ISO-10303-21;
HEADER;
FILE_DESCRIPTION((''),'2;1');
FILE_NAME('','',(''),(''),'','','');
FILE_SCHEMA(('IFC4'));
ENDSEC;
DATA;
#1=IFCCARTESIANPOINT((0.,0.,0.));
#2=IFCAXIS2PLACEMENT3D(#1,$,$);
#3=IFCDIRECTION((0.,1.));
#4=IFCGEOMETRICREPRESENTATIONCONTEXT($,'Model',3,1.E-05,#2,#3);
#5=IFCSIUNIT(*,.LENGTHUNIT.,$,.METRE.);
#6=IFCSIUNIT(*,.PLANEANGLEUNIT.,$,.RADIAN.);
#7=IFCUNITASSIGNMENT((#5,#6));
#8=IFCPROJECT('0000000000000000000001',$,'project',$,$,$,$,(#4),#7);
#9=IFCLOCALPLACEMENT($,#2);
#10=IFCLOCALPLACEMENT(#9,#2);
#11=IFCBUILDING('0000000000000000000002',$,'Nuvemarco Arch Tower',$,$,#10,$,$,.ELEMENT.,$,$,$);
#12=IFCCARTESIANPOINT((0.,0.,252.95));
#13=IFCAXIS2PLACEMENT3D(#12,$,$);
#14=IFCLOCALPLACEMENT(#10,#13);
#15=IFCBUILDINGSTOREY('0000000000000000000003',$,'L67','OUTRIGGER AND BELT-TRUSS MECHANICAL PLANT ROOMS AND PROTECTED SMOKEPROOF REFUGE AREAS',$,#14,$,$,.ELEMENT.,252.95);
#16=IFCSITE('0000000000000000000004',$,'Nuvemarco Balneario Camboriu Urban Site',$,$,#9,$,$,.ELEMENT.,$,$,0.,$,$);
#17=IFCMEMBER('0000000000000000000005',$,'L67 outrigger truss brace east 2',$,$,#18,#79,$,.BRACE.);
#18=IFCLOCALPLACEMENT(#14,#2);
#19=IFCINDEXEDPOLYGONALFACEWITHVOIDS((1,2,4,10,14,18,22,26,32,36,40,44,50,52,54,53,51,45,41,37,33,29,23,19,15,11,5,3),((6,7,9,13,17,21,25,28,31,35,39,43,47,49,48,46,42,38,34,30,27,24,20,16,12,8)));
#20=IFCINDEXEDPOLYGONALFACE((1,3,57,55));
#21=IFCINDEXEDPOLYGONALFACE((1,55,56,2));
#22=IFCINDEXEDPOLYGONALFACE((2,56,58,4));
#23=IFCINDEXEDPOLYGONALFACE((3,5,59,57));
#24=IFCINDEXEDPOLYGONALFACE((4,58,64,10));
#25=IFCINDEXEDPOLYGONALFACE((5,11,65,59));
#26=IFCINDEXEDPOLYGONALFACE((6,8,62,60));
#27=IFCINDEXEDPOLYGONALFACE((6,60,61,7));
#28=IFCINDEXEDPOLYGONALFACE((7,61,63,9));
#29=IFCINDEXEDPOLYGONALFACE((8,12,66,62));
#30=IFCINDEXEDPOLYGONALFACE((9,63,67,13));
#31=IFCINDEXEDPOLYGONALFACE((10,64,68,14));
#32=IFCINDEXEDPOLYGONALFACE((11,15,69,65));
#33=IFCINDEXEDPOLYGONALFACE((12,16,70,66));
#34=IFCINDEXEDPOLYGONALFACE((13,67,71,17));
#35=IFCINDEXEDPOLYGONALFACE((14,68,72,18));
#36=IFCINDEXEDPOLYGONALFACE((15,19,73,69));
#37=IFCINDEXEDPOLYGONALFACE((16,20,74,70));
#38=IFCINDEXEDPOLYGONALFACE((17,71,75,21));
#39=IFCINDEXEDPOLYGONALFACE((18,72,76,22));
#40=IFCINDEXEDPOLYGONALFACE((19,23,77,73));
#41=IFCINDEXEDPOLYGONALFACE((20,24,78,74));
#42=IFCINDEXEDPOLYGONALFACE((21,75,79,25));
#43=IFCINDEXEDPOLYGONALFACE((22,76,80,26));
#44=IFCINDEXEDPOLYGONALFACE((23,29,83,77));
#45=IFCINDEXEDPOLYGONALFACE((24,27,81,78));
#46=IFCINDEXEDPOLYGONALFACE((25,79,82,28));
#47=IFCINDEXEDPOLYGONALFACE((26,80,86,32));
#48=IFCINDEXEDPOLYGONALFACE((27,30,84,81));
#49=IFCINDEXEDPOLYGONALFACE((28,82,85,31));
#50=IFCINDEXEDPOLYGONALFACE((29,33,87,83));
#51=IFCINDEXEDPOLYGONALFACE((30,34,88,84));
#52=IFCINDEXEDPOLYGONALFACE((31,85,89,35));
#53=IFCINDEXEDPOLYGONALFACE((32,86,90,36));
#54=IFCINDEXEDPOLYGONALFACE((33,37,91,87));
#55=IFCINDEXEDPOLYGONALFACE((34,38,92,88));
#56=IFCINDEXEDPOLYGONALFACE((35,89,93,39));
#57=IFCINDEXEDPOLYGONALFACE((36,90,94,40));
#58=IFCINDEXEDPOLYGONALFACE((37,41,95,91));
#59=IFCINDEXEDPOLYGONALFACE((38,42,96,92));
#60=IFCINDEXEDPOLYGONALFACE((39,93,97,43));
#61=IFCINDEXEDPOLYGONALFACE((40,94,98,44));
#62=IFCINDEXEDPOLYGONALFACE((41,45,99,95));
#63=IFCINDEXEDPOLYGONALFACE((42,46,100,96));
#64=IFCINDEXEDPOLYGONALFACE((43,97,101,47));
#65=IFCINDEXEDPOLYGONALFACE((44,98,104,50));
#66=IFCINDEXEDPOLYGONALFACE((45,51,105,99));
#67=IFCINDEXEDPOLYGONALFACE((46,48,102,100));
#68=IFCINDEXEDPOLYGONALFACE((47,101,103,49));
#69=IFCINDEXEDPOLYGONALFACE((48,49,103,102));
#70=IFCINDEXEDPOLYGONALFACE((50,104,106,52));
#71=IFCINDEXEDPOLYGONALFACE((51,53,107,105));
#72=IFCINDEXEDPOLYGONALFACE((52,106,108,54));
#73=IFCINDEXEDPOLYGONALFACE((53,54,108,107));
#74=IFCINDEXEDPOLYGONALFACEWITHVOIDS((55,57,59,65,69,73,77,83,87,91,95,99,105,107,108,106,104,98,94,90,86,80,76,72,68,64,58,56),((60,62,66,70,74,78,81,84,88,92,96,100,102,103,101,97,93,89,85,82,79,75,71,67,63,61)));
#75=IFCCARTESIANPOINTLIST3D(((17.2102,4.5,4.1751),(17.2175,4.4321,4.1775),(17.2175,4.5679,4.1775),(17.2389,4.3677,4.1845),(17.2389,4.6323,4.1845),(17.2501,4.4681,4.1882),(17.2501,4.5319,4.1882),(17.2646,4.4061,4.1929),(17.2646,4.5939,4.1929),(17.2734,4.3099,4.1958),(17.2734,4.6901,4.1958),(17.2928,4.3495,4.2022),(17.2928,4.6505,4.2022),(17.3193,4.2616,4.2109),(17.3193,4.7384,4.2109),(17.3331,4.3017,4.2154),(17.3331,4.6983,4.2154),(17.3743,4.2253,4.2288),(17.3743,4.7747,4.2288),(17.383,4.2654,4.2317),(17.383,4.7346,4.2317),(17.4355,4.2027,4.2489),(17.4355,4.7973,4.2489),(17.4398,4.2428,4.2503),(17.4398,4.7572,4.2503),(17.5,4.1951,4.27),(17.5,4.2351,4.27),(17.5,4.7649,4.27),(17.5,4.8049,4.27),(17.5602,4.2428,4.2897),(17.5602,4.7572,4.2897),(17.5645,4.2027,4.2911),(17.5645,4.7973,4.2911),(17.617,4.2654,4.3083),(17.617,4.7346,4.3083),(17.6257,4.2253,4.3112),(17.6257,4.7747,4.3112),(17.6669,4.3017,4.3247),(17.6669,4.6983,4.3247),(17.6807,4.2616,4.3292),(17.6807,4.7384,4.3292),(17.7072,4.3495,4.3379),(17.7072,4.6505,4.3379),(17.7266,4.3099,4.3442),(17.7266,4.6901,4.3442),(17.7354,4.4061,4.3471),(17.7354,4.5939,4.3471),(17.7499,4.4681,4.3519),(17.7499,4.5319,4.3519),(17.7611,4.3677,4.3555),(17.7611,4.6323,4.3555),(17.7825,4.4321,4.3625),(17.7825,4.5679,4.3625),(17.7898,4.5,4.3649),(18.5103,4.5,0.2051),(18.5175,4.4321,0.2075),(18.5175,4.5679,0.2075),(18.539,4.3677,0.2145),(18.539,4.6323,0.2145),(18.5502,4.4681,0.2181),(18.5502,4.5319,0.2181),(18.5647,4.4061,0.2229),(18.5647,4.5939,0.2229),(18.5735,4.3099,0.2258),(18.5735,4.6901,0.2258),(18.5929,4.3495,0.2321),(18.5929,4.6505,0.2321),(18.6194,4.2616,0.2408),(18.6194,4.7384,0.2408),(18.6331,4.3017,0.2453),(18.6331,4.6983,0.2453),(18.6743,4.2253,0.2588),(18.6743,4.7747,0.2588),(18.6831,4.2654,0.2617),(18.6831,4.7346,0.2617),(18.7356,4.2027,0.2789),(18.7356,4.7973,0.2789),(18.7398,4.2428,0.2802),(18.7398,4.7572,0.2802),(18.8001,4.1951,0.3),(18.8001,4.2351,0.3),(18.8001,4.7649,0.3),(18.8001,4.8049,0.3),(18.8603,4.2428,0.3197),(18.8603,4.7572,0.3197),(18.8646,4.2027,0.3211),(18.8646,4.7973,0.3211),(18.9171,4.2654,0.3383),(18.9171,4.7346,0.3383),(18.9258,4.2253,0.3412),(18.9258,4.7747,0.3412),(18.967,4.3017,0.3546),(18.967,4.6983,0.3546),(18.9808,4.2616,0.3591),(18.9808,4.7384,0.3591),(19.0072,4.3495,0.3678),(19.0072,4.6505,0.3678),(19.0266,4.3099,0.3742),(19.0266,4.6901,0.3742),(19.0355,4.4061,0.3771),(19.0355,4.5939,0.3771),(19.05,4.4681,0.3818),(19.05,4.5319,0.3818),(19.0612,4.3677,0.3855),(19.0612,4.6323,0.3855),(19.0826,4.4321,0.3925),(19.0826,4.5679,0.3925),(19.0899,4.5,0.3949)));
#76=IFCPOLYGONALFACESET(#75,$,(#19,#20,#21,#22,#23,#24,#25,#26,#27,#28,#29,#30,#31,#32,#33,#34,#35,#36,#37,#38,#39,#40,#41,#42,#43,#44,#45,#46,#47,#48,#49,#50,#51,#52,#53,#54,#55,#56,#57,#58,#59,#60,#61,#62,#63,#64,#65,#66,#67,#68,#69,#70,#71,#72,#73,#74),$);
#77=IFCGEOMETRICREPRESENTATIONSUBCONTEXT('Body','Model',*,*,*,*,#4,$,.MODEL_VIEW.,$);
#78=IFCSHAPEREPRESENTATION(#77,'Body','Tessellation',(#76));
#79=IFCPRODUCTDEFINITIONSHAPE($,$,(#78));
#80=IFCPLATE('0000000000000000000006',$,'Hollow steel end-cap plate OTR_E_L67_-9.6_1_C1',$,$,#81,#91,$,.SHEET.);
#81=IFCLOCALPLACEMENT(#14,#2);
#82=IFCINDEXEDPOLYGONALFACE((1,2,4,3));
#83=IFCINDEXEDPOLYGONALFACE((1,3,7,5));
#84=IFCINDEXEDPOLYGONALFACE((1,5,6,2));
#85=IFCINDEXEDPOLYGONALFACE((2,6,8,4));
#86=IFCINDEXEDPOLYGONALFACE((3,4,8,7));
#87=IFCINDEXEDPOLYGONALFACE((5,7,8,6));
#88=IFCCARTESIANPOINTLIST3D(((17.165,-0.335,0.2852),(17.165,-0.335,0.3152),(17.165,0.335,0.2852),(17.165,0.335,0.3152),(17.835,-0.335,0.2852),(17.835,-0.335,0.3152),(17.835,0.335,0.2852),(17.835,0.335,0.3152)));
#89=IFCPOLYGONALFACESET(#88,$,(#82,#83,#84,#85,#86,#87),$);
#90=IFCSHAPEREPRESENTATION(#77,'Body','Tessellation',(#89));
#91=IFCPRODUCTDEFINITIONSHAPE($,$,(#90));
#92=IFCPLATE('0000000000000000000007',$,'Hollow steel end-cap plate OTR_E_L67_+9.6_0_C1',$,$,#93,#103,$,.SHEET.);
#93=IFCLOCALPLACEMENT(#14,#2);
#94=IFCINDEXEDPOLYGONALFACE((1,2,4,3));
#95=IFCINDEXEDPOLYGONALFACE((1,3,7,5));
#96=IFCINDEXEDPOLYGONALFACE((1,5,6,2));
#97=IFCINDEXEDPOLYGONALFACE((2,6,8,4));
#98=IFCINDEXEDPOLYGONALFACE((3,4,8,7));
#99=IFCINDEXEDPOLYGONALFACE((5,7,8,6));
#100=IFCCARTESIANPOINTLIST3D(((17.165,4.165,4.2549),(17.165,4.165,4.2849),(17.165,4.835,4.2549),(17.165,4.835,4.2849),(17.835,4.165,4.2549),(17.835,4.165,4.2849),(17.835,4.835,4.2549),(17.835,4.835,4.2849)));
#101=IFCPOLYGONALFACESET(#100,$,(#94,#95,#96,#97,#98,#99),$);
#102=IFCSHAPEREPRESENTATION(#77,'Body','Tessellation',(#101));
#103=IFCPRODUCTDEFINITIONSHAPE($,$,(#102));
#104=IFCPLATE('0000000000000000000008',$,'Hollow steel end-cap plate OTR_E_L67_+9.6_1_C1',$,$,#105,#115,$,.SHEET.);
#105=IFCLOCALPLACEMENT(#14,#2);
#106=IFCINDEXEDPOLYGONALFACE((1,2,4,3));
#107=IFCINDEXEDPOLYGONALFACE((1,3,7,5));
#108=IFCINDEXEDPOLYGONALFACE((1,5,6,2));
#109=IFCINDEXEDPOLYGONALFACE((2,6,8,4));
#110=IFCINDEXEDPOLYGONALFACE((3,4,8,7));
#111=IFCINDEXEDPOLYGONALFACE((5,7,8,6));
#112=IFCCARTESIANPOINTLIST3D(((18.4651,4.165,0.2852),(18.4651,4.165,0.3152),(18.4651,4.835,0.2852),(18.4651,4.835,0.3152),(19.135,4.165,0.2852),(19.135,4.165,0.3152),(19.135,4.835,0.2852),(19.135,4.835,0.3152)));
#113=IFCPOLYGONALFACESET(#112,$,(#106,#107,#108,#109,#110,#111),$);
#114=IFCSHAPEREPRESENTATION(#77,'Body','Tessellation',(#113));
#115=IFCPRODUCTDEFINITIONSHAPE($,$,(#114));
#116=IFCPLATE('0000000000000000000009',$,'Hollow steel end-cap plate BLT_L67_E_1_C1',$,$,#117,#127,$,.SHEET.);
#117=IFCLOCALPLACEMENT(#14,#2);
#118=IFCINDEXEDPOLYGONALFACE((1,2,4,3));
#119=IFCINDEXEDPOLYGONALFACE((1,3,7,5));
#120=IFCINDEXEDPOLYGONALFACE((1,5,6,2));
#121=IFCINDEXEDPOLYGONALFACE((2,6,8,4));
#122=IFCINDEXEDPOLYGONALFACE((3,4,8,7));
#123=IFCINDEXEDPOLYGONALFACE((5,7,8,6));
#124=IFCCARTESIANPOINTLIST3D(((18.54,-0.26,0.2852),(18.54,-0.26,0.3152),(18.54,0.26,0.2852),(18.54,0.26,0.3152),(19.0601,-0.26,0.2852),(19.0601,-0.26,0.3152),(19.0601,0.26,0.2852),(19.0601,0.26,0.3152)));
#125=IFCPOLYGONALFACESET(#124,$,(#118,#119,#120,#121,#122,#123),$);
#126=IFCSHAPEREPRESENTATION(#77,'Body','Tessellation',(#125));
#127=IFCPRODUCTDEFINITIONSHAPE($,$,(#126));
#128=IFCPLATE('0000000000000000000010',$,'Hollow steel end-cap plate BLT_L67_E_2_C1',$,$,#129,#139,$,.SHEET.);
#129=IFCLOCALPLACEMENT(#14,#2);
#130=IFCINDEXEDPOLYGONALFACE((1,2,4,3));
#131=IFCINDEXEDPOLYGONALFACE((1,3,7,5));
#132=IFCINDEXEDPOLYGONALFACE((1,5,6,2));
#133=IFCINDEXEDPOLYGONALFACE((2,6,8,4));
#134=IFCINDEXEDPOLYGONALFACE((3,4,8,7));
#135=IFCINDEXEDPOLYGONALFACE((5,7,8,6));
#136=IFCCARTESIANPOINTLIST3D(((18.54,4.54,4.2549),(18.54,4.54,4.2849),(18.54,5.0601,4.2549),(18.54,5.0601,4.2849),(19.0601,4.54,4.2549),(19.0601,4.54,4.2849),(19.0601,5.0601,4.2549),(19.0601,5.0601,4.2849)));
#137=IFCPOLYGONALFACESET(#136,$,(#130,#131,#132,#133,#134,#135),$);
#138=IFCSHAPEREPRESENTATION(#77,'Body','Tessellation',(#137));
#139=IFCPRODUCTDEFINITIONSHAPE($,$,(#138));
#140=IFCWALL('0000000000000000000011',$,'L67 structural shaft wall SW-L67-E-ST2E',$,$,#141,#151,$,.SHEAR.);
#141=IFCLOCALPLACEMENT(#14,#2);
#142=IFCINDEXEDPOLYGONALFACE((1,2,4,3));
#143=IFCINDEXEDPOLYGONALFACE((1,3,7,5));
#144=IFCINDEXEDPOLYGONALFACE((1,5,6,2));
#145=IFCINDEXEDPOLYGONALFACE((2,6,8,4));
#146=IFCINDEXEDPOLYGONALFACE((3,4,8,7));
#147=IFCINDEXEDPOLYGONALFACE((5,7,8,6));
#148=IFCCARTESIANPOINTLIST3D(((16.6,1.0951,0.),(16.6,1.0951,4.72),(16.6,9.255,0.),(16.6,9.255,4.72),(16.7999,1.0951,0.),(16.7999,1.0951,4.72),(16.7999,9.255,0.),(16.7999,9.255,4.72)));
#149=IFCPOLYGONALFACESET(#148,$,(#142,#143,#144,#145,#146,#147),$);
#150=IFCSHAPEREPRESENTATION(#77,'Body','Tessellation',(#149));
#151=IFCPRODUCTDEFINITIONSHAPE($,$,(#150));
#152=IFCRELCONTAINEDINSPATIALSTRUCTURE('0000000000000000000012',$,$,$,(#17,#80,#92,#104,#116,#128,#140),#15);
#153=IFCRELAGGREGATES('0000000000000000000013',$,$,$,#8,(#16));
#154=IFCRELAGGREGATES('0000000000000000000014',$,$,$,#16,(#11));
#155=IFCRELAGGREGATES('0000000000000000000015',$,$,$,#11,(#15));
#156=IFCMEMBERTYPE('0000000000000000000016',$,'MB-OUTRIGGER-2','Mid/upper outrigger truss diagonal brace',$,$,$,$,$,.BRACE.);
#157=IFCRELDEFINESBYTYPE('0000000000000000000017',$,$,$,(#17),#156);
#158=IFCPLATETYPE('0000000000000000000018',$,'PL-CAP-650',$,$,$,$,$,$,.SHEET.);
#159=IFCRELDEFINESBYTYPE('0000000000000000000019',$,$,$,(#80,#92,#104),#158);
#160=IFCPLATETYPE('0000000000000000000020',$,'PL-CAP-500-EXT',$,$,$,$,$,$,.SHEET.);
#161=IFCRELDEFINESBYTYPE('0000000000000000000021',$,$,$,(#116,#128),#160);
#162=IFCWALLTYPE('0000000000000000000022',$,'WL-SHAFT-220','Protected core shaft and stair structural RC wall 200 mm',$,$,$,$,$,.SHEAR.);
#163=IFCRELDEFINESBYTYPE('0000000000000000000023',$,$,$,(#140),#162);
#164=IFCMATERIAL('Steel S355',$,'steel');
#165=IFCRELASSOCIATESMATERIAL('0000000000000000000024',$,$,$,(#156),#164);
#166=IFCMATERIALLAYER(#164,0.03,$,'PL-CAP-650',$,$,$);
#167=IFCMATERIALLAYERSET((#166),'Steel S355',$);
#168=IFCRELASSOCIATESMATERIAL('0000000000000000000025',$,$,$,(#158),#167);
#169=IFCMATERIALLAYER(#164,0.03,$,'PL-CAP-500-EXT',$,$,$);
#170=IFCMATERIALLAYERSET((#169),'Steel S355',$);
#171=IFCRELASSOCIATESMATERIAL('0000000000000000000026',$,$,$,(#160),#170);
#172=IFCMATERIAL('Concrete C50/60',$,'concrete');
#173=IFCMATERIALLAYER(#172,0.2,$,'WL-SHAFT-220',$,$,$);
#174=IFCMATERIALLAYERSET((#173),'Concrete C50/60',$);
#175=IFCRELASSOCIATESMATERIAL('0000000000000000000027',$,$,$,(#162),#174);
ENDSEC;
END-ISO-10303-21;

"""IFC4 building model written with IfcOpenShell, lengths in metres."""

from ifc_helpers import new_model, si_unit, direction, frame, frame_2d, origin, origin_2d, place, context, subcontext, project, spatial, rectangle, hollow_circle, extrude, source, transform, mapped, material, layer, layer_set, material_profile, profile_set, type_object, type_shapes, element, save


model = new_model("IFC4")

# Units and contexts
model_context = context("Model", 3, precision=1e-05, world=origin(), true_north=direction((0.0, 1.0)))
body_context = subcontext(model_context, "Body", "Model", "MODEL_VIEW")
ifc_project = project(units=[si_unit("LENGTHUNIT", "METRE"), si_unit("PLANEANGLEUNIT", "RADIAN")], contexts=[model_context])

# Site, building, storey
site_placement = place(None, origin())
site = spatial("IfcSite", under=ifc_project, at=site_placement, Name="Nuvemarco Balneario Camboriu Urban Site", CompositionType="ELEMENT", RefElevation=0.0)
building_placement = place(site_placement, origin())
building = spatial("IfcBuilding", under=site, at=building_placement, Name="Nuvemarco Arch Tower", CompositionType="ELEMENT")
storey_placement = place(building_placement, frame((0.0, 0.0, 252.95)))
storey = spatial("IfcBuildingStorey", under=building, at=storey_placement, Name="L67", Description="OUTRIGGER AND BELT-TRUSS MECHANICAL PLANT ROOMS AND PROTECTED SMOKEPROOF REFUGE AREAS", CompositionType="ELEMENT", Elevation=252.95)

# Shared definitions
ifc_material_1 = material(Name="Concrete C50/60", Category="concrete")
ifc_material_2 = material(Name="Steel S355", Category="steel")

# Member
ifc_material_profile_1 = material_profile(ifc_material_2, hollow_circle(Radius=0.3049, WallThickness=0.04, at=origin_2d()), Name="CHS610x40")
ifc_profile_set_1 = profile_set([ifc_material_profile_1], Name="Steel S355")
member_type_1 = type_object("IfcMemberType", Name="MB-OUTRIGGER-2", Description="Mid/upper outrigger truss diagonal brace", PredefinedType="BRACE", material=ifc_profile_set_1)
member_placement = place(storey_placement, frame((17.5, 4.5, 4.27), z_axis=(0.311209, 0.0, -0.950342), x_axis=(0.0, 1.0, 0.0)))
element("IfcMember", 1, at=member_placement, inside=storey, type_object=member_type_1, Name="L67 outrigger truss brace east 2", PredefinedType="BRACE", context=body_context, shape_type="SweptSolid", body=[
    extrude(hollow_circle(Radius=0.3049, WallThickness=0.04, at=origin_2d()), origin(), (0.0, 0.0, 1.0), 4.1775),
])

# Plates
ifc_layer_1 = layer(ifc_material_2, 0.03, Name="PL-CAP-650")
ifc_layer_set_1 = layer_set([ifc_layer_1], Name="Steel S355")
plate_type_1 = type_object("IfcPlateType", Name="PL-CAP-650", PredefinedType="SHEET", material=ifc_layer_set_1)
shared_shape_1 = source(origin(), body_context, "Body", "SweptSolid", [
    extrude(rectangle(XDim=0.6699, YDim=0.6699, at=origin_2d()), origin(), (0.0, 0.0, 1.0), 0.03),
])
type_shapes(plate_type_1, [shared_shape_1])
for number, where, z_axis, x_axis, name in (
    (2, (17.5, 0.0, 0.2852), (0.0, 0.0, 1.0), (1.0, 0.0, 0.0), "Hollow steel end-cap plate OTR_E_L67_-9.6_1_C1"),
    (3, (17.5, 4.5, 4.2549), (0.0, 0.0, 1.0), (1.0, 0.0, 0.0), "Hollow steel end-cap plate OTR_E_L67_+9.6_0_C1"),
    (4, (18.8, 4.5, 0.2852), (0.0, 0.0, 1.0), (1.0, 0.0, 0.0), "Hollow steel end-cap plate OTR_E_L67_+9.6_1_C1"),
):
    element("IfcPlate", number, at=place(storey_placement, frame(where, z_axis=z_axis, x_axis=x_axis)), inside=storey, type_object=plate_type_1, Name=name, PredefinedType="SHEET", context=body_context, shape_type="MappedRepresentation", body=[
        mapped(shared_shape_1, transform((0.0, 0.0, 0.0), scale=1.0)),
    ])
ifc_layer_2 = layer(ifc_material_2, 0.03, Name="PL-CAP-500-EXT")
ifc_layer_set_2 = layer_set([ifc_layer_2], Name="Steel S355")
plate_type_2 = type_object("IfcPlateType", Name="PL-CAP-500-EXT", PredefinedType="SHEET", material=ifc_layer_set_2)
shared_shape_2 = source(origin(), body_context, "Body", "SweptSolid", [
    extrude(rectangle(XDim=0.52, YDim=0.52, at=origin_2d()), origin(), (0.0, 0.0, 1.0), 0.03),
])
type_shapes(plate_type_2, [shared_shape_2])
for number, where, z_axis, x_axis, name in (
    (5, (18.8, 0.0, 0.2852), (0.0, 0.0, 1.0), (1.0, 0.0, 0.0), "Hollow steel end-cap plate BLT_L67_E_1_C1"),
    (6, (18.8, 4.8, 4.2549), (0.0, 0.0, 1.0), (1.0, 0.0, 0.0), "Hollow steel end-cap plate BLT_L67_E_2_C1"),
):
    element("IfcPlate", number, at=place(storey_placement, frame(where, z_axis=z_axis, x_axis=x_axis)), inside=storey, type_object=plate_type_2, Name=name, PredefinedType="SHEET", context=body_context, shape_type="MappedRepresentation", body=[
        mapped(shared_shape_2, transform((0.0, 0.0, 0.0), scale=1.0)),
    ])

# Wall
ifc_layer_3 = layer(ifc_material_1, 0.2, Name="WL-SHAFT-220")
ifc_layer_set_3 = layer_set([ifc_layer_3], Name="Concrete C50/60")
wall_type = type_object("IfcWallType", Name="WL-SHAFT-220", Description="Protected core shaft and stair structural RC wall 200 mm", PredefinedType="SHEAR", material=ifc_layer_set_3)
wall_placement = place(storey_placement, frame((16.7, 1.095, 0.0), z_axis=(0.0, 0.0, 1.0), x_axis=(0.0, 1.0, 0.0)))
element("IfcWall", 7, at=wall_placement, inside=storey, type_object=wall_type, Name="L67 structural shaft wall SW-L67-E-ST2E", PredefinedType="SHEAR", context=body_context, shape_type="SweptSolid", body=[
    extrude(rectangle(XDim=8.1599, YDim=0.2, at=frame_2d((4.0801, 0.0))), origin(), (0.0, 0.0, 1.0), 4.72),
])

save(model, "model.ifc")
